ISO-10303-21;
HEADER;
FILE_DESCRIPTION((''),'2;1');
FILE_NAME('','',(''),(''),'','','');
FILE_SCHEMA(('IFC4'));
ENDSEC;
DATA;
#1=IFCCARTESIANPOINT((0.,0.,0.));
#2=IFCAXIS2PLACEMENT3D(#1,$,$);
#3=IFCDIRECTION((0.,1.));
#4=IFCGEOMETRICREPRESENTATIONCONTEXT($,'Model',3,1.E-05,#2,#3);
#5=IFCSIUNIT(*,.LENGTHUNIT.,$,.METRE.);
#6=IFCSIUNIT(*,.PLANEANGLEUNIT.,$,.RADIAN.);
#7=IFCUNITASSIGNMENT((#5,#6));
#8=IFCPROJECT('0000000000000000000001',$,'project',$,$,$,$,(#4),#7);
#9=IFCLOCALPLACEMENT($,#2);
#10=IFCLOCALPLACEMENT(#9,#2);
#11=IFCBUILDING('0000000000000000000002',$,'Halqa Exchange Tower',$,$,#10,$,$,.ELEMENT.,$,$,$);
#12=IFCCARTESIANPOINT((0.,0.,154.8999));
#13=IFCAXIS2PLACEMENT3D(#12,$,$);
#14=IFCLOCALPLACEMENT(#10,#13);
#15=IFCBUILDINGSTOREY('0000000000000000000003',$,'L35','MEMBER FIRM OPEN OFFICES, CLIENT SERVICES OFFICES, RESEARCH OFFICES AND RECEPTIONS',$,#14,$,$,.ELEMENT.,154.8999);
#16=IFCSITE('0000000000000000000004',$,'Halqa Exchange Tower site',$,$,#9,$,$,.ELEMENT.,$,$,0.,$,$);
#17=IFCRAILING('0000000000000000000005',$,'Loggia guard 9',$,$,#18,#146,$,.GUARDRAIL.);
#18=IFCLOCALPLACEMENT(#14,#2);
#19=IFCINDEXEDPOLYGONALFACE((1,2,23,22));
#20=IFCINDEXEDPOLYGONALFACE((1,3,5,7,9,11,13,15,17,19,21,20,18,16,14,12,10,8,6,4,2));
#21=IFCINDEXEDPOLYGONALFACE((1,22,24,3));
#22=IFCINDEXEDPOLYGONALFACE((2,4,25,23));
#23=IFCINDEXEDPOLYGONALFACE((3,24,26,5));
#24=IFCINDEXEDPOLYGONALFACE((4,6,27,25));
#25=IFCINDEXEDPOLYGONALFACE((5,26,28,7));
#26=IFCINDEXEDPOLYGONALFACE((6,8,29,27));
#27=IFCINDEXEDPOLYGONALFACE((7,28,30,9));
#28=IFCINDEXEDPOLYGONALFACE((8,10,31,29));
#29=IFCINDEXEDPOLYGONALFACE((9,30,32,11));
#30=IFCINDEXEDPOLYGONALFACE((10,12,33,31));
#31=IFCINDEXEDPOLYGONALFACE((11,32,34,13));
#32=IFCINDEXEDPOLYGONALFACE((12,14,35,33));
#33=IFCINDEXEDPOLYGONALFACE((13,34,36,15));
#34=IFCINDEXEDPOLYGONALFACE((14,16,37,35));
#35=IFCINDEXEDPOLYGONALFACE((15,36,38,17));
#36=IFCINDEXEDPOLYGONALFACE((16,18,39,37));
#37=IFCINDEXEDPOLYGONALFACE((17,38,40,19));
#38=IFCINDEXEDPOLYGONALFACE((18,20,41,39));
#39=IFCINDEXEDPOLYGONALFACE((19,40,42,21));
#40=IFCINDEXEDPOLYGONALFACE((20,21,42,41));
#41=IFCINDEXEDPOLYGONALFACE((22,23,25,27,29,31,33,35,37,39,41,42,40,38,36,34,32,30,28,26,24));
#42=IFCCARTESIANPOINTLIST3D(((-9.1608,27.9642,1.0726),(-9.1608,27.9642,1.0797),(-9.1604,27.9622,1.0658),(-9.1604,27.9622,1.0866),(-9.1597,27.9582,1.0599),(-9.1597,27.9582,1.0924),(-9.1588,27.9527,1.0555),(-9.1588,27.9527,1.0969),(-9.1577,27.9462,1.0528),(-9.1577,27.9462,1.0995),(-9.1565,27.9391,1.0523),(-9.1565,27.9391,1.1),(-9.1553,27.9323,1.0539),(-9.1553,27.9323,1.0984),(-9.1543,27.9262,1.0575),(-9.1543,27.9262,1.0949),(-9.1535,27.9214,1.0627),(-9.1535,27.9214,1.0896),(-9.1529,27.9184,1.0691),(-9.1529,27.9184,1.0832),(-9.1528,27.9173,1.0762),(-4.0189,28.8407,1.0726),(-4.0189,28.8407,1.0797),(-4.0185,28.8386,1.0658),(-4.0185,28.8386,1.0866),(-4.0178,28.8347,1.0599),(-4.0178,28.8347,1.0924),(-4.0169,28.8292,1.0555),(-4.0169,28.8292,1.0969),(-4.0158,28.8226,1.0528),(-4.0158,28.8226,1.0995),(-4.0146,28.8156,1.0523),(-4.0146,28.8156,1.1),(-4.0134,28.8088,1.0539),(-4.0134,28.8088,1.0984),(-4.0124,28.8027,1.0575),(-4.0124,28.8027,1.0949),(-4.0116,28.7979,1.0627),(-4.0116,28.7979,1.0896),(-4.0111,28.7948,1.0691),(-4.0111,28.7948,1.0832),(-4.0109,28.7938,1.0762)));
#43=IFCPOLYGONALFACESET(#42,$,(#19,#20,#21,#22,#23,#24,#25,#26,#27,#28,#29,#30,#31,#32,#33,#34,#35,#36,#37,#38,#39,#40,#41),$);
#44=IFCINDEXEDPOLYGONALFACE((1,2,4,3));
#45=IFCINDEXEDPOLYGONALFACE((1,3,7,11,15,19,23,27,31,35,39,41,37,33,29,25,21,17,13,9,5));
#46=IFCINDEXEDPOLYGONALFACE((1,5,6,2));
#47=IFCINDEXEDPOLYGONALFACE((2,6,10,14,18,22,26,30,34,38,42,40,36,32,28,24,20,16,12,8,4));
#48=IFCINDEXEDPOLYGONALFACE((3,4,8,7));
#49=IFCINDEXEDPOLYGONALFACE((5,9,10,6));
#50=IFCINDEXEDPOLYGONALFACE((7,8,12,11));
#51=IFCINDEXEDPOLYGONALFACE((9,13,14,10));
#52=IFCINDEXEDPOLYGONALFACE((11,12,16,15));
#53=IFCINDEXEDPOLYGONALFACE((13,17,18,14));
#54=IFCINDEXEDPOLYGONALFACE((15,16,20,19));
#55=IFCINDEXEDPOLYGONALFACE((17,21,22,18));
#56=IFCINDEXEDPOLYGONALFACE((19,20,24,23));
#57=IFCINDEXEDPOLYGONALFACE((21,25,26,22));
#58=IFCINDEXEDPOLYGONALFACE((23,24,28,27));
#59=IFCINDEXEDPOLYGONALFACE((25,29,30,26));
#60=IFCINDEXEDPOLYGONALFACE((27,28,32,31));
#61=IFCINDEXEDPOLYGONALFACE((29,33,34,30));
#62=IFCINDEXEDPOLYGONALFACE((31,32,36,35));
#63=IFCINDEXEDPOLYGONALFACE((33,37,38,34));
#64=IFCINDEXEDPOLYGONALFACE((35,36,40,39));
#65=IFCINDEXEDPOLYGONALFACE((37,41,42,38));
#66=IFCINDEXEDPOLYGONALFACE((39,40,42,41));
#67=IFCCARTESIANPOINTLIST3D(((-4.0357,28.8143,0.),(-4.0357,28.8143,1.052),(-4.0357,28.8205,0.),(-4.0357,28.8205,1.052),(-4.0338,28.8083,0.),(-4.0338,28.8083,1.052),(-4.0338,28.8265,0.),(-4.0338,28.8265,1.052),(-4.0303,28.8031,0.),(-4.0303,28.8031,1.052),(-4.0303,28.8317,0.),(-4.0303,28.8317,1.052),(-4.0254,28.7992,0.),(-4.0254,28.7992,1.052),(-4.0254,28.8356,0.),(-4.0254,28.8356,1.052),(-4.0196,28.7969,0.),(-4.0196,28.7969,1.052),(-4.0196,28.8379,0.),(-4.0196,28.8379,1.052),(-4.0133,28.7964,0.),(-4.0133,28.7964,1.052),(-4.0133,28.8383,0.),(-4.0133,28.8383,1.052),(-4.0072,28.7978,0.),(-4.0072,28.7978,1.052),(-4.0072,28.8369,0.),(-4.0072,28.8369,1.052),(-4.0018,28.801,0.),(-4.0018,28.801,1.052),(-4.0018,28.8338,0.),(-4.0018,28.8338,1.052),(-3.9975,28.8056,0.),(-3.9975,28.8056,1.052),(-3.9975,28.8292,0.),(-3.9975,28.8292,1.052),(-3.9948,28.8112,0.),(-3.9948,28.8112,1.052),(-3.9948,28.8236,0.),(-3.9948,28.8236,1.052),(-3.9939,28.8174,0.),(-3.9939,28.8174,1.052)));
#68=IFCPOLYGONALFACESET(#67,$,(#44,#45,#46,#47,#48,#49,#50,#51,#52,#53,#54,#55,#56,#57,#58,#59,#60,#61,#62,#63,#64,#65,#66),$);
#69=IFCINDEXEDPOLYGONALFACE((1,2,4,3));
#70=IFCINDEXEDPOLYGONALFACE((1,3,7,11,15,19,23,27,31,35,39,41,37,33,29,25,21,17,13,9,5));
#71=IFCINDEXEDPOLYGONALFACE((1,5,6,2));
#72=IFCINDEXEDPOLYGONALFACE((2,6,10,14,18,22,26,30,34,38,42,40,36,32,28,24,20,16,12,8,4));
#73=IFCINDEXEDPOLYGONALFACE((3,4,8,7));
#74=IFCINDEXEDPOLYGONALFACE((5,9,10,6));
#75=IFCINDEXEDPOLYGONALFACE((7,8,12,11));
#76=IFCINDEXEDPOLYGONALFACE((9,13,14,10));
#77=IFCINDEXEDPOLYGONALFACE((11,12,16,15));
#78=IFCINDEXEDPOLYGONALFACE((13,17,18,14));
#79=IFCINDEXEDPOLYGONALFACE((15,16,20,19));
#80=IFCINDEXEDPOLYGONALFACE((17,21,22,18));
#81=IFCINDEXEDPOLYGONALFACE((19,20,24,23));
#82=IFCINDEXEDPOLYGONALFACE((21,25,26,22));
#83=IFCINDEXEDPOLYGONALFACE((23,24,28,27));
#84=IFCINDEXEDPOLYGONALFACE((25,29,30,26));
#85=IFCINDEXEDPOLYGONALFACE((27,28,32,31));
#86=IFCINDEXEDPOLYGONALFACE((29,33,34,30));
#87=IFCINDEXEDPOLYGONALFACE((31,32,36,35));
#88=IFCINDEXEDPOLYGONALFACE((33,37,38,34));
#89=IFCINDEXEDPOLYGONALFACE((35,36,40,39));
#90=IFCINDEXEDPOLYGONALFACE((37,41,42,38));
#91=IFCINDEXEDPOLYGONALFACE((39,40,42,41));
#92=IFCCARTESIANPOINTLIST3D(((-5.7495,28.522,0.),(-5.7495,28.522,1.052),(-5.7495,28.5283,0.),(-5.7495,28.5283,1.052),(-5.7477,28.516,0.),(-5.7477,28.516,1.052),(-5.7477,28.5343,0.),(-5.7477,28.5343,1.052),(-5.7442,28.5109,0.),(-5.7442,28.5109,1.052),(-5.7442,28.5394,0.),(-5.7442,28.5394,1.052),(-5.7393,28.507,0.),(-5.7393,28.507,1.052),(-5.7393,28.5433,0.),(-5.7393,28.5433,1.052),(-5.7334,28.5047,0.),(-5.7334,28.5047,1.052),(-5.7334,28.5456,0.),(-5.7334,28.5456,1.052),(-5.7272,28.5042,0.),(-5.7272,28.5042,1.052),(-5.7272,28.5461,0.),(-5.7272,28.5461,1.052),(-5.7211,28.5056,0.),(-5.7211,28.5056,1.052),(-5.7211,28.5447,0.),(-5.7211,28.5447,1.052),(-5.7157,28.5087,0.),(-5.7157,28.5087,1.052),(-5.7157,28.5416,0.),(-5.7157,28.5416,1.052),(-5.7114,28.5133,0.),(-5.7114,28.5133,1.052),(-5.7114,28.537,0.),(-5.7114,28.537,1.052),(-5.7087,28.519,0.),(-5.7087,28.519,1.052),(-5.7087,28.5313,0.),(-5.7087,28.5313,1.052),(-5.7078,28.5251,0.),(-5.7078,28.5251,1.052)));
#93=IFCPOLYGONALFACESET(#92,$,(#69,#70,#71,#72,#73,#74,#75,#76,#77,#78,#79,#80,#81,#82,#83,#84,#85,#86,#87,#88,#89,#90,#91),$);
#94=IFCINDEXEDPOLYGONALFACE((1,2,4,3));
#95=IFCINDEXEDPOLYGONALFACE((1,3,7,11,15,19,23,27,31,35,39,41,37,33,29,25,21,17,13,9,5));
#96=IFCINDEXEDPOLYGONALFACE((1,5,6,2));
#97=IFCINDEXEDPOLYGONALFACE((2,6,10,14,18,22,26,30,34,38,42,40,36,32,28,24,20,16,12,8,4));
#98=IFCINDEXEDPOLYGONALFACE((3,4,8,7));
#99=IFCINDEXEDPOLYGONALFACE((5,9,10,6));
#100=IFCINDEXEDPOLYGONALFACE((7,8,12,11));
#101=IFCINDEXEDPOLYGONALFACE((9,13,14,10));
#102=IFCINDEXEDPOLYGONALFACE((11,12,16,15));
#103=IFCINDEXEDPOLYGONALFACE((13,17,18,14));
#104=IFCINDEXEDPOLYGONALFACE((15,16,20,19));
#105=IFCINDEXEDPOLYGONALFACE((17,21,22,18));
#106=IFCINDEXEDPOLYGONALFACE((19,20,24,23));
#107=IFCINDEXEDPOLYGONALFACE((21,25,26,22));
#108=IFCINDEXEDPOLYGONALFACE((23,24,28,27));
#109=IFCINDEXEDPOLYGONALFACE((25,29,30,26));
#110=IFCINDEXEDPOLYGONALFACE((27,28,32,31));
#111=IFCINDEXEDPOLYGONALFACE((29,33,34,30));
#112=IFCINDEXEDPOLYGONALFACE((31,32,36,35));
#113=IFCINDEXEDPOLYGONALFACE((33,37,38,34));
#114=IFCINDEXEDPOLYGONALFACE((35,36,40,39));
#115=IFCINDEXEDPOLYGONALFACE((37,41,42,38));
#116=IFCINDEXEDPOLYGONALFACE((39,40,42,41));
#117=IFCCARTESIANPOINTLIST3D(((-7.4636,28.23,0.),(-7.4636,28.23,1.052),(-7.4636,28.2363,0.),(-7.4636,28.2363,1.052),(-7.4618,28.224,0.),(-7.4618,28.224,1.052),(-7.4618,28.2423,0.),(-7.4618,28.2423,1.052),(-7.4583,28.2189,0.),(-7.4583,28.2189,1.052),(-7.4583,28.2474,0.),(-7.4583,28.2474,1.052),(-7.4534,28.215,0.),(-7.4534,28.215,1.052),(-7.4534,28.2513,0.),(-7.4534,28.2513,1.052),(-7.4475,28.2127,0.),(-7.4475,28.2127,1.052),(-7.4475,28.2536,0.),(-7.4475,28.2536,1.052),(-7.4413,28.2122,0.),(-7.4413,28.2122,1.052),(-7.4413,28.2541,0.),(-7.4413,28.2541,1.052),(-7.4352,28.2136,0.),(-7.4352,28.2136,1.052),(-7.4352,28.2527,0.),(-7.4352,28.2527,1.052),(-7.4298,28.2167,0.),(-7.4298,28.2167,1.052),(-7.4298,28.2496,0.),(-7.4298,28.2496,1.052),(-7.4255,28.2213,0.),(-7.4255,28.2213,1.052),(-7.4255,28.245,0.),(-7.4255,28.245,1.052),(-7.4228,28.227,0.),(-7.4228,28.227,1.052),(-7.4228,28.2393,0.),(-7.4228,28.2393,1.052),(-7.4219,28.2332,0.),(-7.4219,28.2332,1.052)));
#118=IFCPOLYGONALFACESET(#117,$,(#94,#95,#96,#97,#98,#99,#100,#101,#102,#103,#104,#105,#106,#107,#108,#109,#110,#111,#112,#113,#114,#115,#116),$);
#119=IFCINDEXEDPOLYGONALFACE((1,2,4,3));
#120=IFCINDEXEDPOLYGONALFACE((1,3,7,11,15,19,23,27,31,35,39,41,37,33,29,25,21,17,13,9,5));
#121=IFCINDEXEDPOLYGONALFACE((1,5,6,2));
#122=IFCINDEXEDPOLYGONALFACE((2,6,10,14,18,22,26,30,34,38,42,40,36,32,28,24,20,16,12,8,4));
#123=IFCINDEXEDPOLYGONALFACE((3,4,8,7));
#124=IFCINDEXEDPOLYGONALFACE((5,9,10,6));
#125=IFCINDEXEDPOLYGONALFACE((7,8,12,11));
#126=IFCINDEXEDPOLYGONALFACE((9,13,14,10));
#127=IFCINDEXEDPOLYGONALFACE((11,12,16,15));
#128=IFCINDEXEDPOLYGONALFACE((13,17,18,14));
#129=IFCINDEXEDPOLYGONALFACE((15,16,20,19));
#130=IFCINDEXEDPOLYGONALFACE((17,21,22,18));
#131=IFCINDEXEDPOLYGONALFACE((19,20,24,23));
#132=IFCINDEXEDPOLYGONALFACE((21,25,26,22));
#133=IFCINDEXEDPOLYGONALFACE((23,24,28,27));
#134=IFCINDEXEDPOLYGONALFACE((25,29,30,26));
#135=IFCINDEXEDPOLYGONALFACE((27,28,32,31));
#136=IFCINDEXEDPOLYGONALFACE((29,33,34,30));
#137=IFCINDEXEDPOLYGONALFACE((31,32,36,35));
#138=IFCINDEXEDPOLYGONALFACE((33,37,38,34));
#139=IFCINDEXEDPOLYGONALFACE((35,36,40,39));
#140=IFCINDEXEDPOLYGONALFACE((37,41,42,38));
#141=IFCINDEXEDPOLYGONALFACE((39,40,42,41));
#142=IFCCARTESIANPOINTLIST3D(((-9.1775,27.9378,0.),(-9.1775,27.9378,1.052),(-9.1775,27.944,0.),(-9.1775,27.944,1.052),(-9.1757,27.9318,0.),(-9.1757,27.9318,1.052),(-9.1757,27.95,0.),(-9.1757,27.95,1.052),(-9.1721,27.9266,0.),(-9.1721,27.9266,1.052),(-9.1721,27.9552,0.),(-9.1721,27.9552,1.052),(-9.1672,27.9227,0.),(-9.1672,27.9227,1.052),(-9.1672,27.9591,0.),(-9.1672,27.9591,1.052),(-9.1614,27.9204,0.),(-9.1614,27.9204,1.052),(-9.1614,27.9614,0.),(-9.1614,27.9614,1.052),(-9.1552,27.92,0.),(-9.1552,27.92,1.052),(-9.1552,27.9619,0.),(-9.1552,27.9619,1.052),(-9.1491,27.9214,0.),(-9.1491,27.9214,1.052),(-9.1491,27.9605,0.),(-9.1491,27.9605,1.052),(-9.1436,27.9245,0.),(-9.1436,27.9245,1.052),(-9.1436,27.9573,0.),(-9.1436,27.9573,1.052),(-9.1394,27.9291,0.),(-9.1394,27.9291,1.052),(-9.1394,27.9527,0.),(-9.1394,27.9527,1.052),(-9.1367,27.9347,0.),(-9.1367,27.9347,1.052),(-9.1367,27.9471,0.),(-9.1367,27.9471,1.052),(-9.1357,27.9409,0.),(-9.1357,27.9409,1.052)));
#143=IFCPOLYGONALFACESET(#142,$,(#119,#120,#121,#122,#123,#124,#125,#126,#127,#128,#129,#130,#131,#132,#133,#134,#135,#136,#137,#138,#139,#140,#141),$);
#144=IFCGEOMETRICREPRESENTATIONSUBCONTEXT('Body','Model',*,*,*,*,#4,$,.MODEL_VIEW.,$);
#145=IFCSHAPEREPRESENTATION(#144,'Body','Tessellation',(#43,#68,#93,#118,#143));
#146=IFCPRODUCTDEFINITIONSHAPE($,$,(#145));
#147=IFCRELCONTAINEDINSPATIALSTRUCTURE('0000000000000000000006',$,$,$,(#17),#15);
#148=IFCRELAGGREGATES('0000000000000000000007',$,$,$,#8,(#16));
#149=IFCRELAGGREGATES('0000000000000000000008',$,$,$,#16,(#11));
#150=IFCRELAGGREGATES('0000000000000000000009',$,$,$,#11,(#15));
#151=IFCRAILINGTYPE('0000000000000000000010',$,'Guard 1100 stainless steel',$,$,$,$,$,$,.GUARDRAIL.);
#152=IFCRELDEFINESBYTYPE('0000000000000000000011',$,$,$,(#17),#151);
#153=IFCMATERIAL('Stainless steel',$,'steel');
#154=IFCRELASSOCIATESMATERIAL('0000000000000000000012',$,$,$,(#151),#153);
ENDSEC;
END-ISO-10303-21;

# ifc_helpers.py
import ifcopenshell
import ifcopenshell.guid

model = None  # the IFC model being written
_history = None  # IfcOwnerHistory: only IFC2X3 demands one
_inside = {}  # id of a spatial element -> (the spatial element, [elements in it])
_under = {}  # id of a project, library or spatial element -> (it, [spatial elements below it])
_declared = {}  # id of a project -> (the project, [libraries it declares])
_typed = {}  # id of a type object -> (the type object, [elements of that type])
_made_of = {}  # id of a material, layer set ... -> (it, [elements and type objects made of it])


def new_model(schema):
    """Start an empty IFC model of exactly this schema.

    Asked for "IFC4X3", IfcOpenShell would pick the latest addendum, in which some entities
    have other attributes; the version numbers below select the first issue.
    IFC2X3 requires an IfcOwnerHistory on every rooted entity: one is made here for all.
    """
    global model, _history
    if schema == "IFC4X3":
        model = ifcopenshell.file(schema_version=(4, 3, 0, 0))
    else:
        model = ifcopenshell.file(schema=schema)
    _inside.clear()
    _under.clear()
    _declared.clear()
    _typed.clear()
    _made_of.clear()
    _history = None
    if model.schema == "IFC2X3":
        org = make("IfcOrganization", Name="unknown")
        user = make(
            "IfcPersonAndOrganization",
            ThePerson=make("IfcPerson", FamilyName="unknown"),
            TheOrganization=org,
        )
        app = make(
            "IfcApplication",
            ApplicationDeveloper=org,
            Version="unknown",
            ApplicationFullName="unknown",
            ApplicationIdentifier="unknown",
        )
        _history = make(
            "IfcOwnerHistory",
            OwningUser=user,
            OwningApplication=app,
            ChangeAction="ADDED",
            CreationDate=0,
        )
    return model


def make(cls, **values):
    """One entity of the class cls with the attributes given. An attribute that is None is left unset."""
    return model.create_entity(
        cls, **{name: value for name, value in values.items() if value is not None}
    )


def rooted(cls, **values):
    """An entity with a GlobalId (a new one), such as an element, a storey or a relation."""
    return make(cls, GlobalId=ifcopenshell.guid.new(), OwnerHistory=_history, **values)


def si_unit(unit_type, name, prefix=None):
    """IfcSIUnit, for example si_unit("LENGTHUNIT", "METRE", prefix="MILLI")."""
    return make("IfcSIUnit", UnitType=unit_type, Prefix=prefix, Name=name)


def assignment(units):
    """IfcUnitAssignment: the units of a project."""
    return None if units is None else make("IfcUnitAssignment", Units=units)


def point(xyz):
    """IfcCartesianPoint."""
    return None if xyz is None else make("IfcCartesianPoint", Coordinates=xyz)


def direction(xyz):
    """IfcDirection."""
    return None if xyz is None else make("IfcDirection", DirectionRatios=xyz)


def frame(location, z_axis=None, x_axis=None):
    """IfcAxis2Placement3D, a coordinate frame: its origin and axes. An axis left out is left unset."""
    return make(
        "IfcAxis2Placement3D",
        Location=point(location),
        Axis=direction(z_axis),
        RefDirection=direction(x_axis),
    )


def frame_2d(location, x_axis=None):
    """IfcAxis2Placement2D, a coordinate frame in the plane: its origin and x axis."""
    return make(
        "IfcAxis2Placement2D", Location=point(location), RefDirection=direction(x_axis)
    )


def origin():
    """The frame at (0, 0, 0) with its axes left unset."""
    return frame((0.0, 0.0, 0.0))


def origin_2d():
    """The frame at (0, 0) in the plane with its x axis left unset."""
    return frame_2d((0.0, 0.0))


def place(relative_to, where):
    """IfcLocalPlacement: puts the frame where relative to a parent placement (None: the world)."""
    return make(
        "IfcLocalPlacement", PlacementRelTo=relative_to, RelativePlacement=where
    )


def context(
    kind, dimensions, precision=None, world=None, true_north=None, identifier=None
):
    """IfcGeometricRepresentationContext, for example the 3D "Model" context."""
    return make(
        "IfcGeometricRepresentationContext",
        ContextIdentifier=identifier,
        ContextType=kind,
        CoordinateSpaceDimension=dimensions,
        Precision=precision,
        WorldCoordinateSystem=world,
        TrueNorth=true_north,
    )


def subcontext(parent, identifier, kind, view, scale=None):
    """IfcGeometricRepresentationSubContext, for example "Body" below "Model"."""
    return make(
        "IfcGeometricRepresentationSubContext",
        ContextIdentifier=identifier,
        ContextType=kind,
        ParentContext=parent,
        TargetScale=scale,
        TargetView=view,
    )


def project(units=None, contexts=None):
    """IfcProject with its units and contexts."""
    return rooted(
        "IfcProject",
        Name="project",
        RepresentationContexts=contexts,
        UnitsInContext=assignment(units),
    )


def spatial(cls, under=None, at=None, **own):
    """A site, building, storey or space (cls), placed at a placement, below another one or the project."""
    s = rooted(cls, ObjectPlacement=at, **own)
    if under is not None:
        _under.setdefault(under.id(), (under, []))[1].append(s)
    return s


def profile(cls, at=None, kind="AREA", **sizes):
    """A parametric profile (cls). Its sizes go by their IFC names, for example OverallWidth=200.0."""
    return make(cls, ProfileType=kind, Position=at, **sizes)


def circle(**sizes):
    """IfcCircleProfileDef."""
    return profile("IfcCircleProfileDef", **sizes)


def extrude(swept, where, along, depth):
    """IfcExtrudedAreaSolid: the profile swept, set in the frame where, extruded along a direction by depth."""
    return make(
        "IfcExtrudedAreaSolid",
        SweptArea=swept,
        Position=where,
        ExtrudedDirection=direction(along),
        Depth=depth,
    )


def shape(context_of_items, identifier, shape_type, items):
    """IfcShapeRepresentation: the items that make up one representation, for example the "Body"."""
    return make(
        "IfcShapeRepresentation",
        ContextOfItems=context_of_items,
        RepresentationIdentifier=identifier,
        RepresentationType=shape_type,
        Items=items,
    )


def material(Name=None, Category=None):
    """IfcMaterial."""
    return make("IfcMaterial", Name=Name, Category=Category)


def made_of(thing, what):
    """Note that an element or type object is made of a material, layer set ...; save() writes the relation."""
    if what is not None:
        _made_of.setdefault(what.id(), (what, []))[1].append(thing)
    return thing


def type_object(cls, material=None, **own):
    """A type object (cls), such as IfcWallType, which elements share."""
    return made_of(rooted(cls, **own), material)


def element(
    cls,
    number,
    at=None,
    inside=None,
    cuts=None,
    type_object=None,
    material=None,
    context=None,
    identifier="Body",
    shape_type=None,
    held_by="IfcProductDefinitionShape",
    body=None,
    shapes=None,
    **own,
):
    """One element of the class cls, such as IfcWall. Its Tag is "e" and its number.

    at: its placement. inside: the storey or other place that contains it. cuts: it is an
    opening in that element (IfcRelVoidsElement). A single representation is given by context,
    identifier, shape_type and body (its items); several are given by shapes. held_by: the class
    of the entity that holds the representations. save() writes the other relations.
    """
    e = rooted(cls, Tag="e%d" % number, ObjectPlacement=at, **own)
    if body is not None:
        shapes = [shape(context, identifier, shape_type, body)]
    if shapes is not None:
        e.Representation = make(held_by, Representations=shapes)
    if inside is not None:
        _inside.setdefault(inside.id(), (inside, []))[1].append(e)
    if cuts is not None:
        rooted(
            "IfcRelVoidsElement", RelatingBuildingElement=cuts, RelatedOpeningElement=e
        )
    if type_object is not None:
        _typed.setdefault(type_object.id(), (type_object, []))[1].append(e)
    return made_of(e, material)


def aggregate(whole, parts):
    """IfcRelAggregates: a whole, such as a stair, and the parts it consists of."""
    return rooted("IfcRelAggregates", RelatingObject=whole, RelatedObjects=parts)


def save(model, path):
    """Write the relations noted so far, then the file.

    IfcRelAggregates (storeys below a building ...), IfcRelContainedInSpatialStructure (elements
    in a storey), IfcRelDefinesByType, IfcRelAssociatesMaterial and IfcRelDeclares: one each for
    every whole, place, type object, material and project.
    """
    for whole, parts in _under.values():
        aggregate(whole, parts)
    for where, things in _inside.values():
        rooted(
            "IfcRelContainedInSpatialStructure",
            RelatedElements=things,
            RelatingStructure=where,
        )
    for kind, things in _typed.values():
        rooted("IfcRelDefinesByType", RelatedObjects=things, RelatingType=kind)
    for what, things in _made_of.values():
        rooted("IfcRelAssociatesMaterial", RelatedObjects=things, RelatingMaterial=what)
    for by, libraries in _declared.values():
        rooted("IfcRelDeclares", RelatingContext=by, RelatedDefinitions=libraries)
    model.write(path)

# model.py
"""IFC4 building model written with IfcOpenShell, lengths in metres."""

from ifc_helpers import new_model, si_unit, direction, frame, origin, origin_2d, place, context, subcontext, project, spatial, circle, extrude, material, type_object, element, save


model = new_model("IFC4")

# Units and contexts
model_context = context("Model", 3, precision=1e-05, world=origin(), true_north=direction((0.0, 1.0)))
body_context = subcontext(model_context, "Body", "Model", "MODEL_VIEW")
ifc_project = project(units=[si_unit("LENGTHUNIT", "METRE"), si_unit("PLANEANGLEUNIT", "RADIAN")], contexts=[model_context])

# Site, building, storey
site_placement = place(None, origin())
site = spatial("IfcSite", under=ifc_project, at=site_placement, Name="Halqa Exchange Tower site", CompositionType="ELEMENT", RefElevation=0.0)
building_placement = place(site_placement, origin())
building = spatial("IfcBuilding", under=site, at=building_placement, Name="Halqa Exchange Tower", CompositionType="ELEMENT")
storey_placement = place(building_placement, frame((0.0, 0.0, 154.8999)))
storey = spatial("IfcBuildingStorey", under=building, at=storey_placement, Name="L35", Description="MEMBER FIRM OPEN OFFICES, CLIENT SERVICES OFFICES, RESEARCH OFFICES AND RECEPTIONS", CompositionType="ELEMENT", Elevation=154.8999)

# Railing
ifc_material_1 = material(Name="Stainless steel", Category="steel")
railing_type_1 = type_object("IfcRailingType", Name="Guard 1100 stainless steel", PredefinedType="GUARDRAIL", material=ifc_material_1)
railing_1_placement = place(storey_placement, frame((-4.0149, 28.8174, 0.0)))
element("IfcRailing", 1, at=railing_1_placement, inside=storey, type_object=railing_type_1, Name="Loggia guard 9", PredefinedType="GUARDRAIL", context=body_context, shape_type="SweptSolid", body=[
    extrude(circle(Radius=0.0239, at=origin_2d()), frame((0.0, 0.0, 1.0762), z_axis=(-0.985781, -0.168034, 0.0), x_axis=(0.168034, -0.985781, 0.0)), (0.0, 0.0, 1.0), 5.2161),
    extrude(circle(Radius=0.021, at=origin_2d()), origin(), (0.0, 0.0, 1.0), 1.052),
    extrude(circle(Radius=0.021, at=origin_2d()), frame((-1.7139, -0.2922, 0.0)), (0.0, 0.0, 1.0), 1.052),
    extrude(circle(Radius=0.021, at=origin_2d()), frame((-3.428, -0.5842, 0.0)), (0.0, 0.0, 1.0), 1.052),
    extrude(circle(Radius=0.021, at=origin_2d()), frame((-5.1418, -0.8765, 0.0)), (0.0, 0.0, 1.0), 1.052),
])

save(model, "model.ifc")
